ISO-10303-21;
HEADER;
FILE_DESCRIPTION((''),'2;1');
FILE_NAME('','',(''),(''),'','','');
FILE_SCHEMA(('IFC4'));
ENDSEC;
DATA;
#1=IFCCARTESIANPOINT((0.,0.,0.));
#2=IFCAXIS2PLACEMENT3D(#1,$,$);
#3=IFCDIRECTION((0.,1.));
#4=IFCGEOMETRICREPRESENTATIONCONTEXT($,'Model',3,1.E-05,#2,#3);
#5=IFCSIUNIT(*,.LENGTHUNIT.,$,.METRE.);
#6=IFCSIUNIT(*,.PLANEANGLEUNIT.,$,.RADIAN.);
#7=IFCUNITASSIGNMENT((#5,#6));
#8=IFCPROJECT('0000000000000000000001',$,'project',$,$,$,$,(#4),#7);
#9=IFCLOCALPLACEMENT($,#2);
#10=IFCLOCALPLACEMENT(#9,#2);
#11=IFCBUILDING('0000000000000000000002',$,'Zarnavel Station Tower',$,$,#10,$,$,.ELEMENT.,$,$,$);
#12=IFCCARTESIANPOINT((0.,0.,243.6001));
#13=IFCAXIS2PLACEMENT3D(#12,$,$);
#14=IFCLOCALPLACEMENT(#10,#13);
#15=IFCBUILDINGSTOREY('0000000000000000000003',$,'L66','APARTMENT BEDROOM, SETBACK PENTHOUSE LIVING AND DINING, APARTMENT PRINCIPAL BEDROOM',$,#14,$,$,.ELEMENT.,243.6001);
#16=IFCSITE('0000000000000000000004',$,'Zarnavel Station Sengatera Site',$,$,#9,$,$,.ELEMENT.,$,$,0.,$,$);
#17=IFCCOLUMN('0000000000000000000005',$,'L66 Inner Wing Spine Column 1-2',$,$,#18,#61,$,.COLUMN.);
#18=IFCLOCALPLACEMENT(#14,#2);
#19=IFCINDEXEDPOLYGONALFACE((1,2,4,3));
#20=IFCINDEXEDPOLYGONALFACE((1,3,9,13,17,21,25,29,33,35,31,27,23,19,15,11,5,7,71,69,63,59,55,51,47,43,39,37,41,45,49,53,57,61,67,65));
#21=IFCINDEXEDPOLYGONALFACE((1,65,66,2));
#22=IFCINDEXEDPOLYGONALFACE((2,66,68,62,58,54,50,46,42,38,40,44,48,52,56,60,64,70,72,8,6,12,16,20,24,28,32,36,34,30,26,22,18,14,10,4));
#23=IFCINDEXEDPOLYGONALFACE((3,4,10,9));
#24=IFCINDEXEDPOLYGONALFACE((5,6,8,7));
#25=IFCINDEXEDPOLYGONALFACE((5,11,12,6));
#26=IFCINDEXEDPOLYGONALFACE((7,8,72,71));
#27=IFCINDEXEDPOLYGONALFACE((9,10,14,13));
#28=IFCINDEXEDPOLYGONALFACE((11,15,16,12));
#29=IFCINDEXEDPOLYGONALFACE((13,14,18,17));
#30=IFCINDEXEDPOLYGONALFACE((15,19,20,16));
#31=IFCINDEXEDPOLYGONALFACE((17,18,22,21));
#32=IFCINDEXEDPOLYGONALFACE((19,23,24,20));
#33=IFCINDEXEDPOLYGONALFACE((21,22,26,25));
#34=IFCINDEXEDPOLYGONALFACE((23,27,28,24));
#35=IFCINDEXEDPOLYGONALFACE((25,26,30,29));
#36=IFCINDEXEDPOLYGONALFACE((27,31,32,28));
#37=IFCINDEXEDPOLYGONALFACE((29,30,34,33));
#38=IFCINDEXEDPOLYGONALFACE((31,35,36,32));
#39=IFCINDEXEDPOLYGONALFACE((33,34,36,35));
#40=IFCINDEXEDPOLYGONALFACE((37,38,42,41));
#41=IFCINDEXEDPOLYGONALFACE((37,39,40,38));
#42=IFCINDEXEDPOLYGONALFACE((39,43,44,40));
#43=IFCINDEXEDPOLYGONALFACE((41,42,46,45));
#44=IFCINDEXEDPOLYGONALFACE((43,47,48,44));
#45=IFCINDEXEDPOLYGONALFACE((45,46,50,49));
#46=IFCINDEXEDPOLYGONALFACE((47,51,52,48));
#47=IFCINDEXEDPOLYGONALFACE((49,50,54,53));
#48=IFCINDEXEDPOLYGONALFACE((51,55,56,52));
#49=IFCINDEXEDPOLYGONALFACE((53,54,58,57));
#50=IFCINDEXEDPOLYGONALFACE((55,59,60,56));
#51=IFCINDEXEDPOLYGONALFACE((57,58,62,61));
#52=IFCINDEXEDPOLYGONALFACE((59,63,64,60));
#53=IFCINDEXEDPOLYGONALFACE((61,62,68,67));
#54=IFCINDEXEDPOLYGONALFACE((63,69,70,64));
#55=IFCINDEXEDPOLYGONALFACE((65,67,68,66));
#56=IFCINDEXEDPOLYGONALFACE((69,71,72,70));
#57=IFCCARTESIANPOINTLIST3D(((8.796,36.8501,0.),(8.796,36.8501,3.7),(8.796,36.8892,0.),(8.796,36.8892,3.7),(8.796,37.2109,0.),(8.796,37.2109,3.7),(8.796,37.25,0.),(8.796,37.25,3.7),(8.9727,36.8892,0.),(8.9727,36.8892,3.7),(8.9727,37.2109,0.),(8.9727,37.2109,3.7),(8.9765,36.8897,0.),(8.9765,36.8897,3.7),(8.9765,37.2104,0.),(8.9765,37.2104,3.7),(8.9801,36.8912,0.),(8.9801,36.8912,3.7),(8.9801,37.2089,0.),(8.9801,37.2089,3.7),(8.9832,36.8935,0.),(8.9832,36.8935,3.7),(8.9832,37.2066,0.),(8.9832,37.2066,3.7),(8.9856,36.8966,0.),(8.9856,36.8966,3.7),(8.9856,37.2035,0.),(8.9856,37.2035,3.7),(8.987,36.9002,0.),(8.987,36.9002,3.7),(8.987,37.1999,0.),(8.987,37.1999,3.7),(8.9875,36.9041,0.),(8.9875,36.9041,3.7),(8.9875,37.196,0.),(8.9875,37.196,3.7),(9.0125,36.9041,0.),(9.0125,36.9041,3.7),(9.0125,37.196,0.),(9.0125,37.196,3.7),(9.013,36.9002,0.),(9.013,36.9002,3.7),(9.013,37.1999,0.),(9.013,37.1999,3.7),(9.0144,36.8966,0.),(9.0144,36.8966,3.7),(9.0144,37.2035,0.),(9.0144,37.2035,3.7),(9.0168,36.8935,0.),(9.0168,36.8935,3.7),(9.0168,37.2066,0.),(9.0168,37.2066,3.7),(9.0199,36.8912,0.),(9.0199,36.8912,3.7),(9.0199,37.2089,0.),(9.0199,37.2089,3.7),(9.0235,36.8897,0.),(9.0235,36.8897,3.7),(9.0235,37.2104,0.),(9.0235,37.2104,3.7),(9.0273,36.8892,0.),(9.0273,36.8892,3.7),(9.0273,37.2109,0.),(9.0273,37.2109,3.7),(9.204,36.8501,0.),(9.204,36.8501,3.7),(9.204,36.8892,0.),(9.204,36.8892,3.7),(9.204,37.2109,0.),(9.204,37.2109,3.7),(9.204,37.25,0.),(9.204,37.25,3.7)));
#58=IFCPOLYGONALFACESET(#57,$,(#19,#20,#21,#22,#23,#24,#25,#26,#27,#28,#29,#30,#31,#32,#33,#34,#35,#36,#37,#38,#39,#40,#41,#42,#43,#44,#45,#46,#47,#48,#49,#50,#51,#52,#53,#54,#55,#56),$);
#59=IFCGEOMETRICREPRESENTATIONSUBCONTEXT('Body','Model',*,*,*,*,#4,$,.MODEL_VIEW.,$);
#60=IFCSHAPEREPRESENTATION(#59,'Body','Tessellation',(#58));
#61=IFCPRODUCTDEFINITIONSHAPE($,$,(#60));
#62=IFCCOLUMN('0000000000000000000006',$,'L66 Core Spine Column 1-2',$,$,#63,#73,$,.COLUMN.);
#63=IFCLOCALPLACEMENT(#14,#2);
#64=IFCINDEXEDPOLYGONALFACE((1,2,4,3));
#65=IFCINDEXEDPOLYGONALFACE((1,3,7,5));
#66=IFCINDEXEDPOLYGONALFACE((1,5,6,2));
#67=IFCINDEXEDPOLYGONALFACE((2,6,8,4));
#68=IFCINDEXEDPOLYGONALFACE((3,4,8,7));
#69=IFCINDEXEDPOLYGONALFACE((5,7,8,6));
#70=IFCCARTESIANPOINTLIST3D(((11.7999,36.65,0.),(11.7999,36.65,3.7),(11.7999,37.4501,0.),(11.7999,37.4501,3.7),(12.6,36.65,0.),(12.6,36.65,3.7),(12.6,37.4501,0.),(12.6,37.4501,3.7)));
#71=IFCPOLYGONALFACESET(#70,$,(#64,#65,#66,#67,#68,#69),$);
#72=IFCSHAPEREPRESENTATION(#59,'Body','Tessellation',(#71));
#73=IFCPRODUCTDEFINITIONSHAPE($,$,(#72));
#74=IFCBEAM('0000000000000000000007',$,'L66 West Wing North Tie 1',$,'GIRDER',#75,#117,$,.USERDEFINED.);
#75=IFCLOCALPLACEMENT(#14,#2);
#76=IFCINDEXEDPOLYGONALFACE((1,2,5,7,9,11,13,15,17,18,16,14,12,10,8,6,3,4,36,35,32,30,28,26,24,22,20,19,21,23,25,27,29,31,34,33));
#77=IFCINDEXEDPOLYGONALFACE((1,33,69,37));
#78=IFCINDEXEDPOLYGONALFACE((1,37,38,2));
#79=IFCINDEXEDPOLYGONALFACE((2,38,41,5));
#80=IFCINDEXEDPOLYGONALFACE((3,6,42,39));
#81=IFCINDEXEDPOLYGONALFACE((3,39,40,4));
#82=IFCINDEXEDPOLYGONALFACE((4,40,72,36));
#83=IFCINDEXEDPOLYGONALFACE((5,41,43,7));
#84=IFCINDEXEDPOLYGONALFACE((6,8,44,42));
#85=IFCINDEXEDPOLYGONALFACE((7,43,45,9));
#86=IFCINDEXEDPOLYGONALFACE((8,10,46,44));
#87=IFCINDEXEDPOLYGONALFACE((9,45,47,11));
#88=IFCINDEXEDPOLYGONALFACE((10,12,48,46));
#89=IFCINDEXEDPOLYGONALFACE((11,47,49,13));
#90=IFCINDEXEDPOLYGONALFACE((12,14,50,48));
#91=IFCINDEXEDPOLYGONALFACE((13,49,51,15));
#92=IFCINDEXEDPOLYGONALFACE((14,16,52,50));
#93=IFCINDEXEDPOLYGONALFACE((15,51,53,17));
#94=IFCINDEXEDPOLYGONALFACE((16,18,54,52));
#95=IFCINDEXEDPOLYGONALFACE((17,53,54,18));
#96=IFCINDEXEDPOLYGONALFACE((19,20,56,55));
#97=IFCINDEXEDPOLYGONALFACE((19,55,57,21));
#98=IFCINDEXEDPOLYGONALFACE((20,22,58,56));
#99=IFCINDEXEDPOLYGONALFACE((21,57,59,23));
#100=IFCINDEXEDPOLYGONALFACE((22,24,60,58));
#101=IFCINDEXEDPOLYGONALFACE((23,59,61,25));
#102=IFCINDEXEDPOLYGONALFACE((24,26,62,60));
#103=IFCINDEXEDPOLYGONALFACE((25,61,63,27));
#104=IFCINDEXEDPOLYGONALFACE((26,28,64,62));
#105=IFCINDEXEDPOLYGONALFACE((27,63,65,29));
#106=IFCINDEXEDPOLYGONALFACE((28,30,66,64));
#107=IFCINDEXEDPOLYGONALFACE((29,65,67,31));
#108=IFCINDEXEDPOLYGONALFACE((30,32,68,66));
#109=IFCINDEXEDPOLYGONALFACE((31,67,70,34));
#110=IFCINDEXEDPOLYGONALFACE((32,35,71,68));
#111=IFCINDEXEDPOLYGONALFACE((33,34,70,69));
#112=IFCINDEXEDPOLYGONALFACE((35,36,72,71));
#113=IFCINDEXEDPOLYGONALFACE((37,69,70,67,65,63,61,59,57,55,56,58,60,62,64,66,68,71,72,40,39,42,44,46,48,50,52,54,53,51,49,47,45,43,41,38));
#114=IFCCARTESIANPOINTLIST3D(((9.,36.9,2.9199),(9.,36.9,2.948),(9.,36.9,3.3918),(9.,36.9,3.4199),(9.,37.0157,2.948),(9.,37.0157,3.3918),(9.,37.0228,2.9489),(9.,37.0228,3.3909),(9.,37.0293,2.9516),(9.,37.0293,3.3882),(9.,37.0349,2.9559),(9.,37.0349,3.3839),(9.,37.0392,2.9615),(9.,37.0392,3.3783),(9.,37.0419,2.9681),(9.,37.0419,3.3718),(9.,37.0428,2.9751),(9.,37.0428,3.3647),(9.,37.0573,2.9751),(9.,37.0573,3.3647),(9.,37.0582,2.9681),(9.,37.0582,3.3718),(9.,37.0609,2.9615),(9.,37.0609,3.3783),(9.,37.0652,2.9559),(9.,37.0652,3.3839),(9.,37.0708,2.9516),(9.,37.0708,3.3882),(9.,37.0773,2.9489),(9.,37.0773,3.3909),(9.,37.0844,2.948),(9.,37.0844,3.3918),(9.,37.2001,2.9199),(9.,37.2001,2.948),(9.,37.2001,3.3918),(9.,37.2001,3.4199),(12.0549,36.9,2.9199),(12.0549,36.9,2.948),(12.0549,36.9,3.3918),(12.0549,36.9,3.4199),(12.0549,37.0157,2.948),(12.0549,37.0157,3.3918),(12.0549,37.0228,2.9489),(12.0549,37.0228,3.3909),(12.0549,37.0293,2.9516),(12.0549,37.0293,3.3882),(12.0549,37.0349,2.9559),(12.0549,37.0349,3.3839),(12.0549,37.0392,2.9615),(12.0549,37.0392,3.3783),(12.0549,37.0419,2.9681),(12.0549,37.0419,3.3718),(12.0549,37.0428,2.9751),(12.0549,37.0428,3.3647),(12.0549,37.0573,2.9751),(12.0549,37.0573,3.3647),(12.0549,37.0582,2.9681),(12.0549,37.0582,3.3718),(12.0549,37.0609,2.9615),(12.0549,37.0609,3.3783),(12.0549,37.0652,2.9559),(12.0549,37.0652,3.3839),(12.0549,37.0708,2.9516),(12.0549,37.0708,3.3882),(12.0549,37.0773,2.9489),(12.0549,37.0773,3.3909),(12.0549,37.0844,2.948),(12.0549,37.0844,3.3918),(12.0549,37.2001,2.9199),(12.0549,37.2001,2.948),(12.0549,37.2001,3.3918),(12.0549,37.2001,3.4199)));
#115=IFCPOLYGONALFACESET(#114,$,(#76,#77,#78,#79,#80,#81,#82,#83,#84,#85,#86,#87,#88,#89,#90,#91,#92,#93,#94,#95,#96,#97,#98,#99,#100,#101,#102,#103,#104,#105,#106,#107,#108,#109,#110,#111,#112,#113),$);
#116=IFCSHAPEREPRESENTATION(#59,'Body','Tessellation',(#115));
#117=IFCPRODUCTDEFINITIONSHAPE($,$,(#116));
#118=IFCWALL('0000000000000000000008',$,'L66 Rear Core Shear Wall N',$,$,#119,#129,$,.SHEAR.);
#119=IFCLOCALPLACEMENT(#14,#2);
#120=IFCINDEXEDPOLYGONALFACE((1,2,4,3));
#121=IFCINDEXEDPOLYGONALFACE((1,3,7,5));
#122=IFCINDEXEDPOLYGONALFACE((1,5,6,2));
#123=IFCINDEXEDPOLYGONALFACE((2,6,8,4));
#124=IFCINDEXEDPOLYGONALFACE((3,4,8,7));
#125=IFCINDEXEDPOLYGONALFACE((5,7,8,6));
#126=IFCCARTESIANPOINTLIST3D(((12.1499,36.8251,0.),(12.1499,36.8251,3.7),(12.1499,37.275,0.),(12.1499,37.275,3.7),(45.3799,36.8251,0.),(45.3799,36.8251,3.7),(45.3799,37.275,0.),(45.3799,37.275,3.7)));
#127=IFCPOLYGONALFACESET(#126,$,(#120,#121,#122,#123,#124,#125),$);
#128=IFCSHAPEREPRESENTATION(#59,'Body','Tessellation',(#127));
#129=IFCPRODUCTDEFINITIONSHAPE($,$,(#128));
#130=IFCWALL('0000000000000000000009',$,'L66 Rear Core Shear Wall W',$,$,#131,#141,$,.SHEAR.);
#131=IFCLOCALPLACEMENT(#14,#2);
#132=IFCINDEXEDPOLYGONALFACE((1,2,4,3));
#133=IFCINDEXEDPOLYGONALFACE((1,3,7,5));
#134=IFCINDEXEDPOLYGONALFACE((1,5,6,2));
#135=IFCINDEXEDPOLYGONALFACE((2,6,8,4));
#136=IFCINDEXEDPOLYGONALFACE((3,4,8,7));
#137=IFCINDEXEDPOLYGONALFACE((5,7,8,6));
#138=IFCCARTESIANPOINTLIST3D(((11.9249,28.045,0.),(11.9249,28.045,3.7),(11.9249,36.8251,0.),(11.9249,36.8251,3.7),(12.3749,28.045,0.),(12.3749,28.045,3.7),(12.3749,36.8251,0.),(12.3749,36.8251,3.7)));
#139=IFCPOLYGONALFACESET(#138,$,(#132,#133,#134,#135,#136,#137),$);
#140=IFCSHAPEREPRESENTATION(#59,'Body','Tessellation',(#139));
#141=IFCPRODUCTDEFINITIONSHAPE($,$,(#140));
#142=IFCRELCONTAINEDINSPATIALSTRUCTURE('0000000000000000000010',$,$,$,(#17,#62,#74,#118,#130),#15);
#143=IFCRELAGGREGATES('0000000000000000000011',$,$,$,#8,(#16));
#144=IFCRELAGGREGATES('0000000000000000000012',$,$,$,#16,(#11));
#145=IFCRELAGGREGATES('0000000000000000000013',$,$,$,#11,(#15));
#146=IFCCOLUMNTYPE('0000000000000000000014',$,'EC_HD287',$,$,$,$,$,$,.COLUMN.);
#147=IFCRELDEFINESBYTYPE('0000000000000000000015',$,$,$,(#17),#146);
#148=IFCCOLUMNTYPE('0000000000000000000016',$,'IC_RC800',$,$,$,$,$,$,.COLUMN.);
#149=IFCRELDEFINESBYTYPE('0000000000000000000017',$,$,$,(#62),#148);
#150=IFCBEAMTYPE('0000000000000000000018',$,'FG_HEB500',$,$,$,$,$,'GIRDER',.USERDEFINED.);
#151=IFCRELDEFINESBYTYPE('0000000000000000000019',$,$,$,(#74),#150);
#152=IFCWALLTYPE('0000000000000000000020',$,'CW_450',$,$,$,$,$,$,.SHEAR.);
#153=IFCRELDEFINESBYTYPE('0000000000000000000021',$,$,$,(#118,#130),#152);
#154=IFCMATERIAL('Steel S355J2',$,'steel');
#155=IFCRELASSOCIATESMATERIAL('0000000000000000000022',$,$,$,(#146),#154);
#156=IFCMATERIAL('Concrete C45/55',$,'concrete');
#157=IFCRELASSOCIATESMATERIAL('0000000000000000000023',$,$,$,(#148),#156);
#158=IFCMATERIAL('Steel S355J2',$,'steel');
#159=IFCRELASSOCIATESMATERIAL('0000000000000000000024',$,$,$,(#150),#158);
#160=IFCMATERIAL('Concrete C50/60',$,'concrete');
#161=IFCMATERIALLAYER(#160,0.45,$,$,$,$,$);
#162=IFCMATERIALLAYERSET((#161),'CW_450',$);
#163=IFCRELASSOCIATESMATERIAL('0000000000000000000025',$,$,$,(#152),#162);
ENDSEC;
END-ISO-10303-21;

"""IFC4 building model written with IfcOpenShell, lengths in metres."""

from ifc_helpers import new_model, si_unit, direction, frame, frame_2d, origin, origin_2d, place, context, subcontext, project, spatial, rectangle, i_section, extrude, material, layer, layer_set, material_profile, profile_set, type_object, element, save


model = new_model("IFC4")

# Units and contexts
model_context = context("Model", 3, precision=1e-05, world=origin(), true_north=direction((0.0, 1.0)))
body_context = subcontext(model_context, "Body", "Model", "MODEL_VIEW")
ifc_project = project(units=[si_unit("LENGTHUNIT", "METRE"), si_unit("PLANEANGLEUNIT", "RADIAN")], contexts=[model_context])

# Site, building, storey
site_placement = place(None, origin())
site = spatial("IfcSite", under=ifc_project, at=site_placement, Name="Zarnavel Station Sengatera Site", CompositionType="ELEMENT", RefElevation=0.0)
building_placement = place(site_placement, origin())
building = spatial("IfcBuilding", under=site, at=building_placement, Name="Zarnavel Station Tower", CompositionType="ELEMENT")
storey_placement = place(building_placement, frame((0.0, 0.0, 243.6001)))
storey = spatial("IfcBuildingStorey", under=building, at=storey_placement, Name="L66", Description="APARTMENT BEDROOM, SETBACK PENTHOUSE LIVING AND DINING, APARTMENT PRINCIPAL BEDROOM", CompositionType="ELEMENT", Elevation=243.6001)

# Columns
ifc_material_1 = material(Name="Steel S355J2", Category="steel")
ifc_material_profile_1 = material_profile(ifc_material_1, i_section(OverallWidth=0.408, OverallDepth=0.3999, WebThickness=0.0249, FlangeThickness=0.0391, FilletRadius=0.0149, at=origin_2d()), Name="HD400x287")
ifc_profile_set_1 = profile_set([ifc_material_profile_1], Name="Steel S355J2")
column_type_1 = type_object("IfcColumnType", Name="EC_HD287", PredefinedType="COLUMN", material=ifc_profile_set_1)
column_1_placement = place(storey_placement, frame((9.0, 37.05, 0.0), z_axis=(0.0, 0.0, 1.0), x_axis=(1.0, 0.0, 0.0)))
element("IfcColumn", 1, at=column_1_placement, inside=storey, type_object=column_type_1, Name="L66 Inner Wing Spine Column 1-2", PredefinedType="COLUMN", context=body_context, shape_type="SweptSolid", body=[
    extrude(i_section(OverallWidth=0.408, OverallDepth=0.3999, WebThickness=0.0249, FlangeThickness=0.0391, FilletRadius=0.0149, at=origin_2d()), origin(), (0.0, 0.0, 1.0), 3.7),
])
ifc_material_2 = material(Name="Concrete C45/55", Category="concrete")
ifc_material_profile_2 = material_profile(ifc_material_2, rectangle(XDim=0.8, YDim=0.8, at=origin_2d()), Name="RC800x800")
ifc_profile_set_2 = profile_set([ifc_material_profile_2], Name="Concrete C45/55")
column_type_2 = type_object("IfcColumnType", Name="IC_RC800", PredefinedType="COLUMN", material=ifc_profile_set_2)
column_2_placement = place(storey_placement, frame((12.2, 37.05, 0.0), z_axis=(0.0, 0.0, 1.0), x_axis=(1.0, 0.0, 0.0)))
element("IfcColumn", 2, at=column_2_placement, inside=storey, type_object=column_type_2, Name="L66 Core Spine Column 1-2", PredefinedType="COLUMN", context=body_context, shape_type="SweptSolid", body=[
    extrude(rectangle(XDim=0.8, YDim=0.8, at=origin_2d()), origin(), (0.0, 0.0, 1.0), 3.7),
])

# Beam
ifc_material_3 = material(Name="Steel S355J2", Category="steel")
ifc_material_profile_3 = material_profile(ifc_material_3, i_section(OverallWidth=0.3, OverallDepth=0.5, WebThickness=0.0144, FlangeThickness=0.0281, FilletRadius=0.0271, at=origin_2d()), Name="HEB500")
ifc_profile_set_3 = profile_set([ifc_material_profile_3], Name="Steel S355J2")
beam_type = type_object("IfcBeamType", Name="FG_HEB500", ElementType="GIRDER", PredefinedType="USERDEFINED", material=ifc_profile_set_3)
beam_placement = place(storey_placement, frame((9.0, 37.05, 3.1699), z_axis=(1.0, 0.0, 0.0), x_axis=(0.0, 1.0, 0.0)))
element("IfcBeam", 3, at=beam_placement, inside=storey, type_object=beam_type, Name="L66 West Wing North Tie 1", ObjectType="GIRDER", PredefinedType="USERDEFINED", context=body_context, shape_type="SweptSolid", body=[
    extrude(i_section(OverallWidth=0.3, OverallDepth=0.5, WebThickness=0.0144, FlangeThickness=0.0281, FilletRadius=0.0271, at=origin_2d()), origin(), (0.0, 0.0, 1.0), 3.0549),
])

# Walls
ifc_material_4 = material(Name="Concrete C50/60", Category="concrete")
ifc_layer_1 = layer(ifc_material_4, 0.45)
ifc_layer_set_1 = layer_set([ifc_layer_1], Name="CW_450")
wall_type_1 = type_object("IfcWallType", Name="CW_450", PredefinedType="SHEAR", material=ifc_layer_set_1)
wall_1_placement = place(storey_placement, frame((12.1499, 37.05, 0.0), z_axis=(0.0, 0.0, 1.0), x_axis=(1.0, 0.0, 0.0)))
element("IfcWall", 4, at=wall_1_placement, inside=storey, type_object=wall_type_1, Name="L66 Rear Core Shear Wall N", PredefinedType="SHEAR", context=body_context, shape_type="SweptSolid", body=[
    extrude(rectangle(XDim=33.23, YDim=0.45, at=frame_2d((16.615, 0.0))), origin(), (0.0, 0.0, 1.0), 3.7),
])
wall_2_placement = place(storey_placement, frame((12.1499, 28.0449, 0.0), z_axis=(0.0, 0.0, 1.0), x_axis=(0.0, 1.0, 0.0)))
element("IfcWall", 5, at=wall_2_placement, inside=storey, type_object=wall_type_1, Name="L66 Rear Core Shear Wall W", PredefinedType="SHEAR", context=body_context, shape_type="SweptSolid", body=[
    extrude(rectangle(XDim=8.78, YDim=0.45, at=frame_2d((4.3901, 0.0))), origin(), (0.0, 0.0, 1.0), 3.7),
])

save(model, "model.ifc")
